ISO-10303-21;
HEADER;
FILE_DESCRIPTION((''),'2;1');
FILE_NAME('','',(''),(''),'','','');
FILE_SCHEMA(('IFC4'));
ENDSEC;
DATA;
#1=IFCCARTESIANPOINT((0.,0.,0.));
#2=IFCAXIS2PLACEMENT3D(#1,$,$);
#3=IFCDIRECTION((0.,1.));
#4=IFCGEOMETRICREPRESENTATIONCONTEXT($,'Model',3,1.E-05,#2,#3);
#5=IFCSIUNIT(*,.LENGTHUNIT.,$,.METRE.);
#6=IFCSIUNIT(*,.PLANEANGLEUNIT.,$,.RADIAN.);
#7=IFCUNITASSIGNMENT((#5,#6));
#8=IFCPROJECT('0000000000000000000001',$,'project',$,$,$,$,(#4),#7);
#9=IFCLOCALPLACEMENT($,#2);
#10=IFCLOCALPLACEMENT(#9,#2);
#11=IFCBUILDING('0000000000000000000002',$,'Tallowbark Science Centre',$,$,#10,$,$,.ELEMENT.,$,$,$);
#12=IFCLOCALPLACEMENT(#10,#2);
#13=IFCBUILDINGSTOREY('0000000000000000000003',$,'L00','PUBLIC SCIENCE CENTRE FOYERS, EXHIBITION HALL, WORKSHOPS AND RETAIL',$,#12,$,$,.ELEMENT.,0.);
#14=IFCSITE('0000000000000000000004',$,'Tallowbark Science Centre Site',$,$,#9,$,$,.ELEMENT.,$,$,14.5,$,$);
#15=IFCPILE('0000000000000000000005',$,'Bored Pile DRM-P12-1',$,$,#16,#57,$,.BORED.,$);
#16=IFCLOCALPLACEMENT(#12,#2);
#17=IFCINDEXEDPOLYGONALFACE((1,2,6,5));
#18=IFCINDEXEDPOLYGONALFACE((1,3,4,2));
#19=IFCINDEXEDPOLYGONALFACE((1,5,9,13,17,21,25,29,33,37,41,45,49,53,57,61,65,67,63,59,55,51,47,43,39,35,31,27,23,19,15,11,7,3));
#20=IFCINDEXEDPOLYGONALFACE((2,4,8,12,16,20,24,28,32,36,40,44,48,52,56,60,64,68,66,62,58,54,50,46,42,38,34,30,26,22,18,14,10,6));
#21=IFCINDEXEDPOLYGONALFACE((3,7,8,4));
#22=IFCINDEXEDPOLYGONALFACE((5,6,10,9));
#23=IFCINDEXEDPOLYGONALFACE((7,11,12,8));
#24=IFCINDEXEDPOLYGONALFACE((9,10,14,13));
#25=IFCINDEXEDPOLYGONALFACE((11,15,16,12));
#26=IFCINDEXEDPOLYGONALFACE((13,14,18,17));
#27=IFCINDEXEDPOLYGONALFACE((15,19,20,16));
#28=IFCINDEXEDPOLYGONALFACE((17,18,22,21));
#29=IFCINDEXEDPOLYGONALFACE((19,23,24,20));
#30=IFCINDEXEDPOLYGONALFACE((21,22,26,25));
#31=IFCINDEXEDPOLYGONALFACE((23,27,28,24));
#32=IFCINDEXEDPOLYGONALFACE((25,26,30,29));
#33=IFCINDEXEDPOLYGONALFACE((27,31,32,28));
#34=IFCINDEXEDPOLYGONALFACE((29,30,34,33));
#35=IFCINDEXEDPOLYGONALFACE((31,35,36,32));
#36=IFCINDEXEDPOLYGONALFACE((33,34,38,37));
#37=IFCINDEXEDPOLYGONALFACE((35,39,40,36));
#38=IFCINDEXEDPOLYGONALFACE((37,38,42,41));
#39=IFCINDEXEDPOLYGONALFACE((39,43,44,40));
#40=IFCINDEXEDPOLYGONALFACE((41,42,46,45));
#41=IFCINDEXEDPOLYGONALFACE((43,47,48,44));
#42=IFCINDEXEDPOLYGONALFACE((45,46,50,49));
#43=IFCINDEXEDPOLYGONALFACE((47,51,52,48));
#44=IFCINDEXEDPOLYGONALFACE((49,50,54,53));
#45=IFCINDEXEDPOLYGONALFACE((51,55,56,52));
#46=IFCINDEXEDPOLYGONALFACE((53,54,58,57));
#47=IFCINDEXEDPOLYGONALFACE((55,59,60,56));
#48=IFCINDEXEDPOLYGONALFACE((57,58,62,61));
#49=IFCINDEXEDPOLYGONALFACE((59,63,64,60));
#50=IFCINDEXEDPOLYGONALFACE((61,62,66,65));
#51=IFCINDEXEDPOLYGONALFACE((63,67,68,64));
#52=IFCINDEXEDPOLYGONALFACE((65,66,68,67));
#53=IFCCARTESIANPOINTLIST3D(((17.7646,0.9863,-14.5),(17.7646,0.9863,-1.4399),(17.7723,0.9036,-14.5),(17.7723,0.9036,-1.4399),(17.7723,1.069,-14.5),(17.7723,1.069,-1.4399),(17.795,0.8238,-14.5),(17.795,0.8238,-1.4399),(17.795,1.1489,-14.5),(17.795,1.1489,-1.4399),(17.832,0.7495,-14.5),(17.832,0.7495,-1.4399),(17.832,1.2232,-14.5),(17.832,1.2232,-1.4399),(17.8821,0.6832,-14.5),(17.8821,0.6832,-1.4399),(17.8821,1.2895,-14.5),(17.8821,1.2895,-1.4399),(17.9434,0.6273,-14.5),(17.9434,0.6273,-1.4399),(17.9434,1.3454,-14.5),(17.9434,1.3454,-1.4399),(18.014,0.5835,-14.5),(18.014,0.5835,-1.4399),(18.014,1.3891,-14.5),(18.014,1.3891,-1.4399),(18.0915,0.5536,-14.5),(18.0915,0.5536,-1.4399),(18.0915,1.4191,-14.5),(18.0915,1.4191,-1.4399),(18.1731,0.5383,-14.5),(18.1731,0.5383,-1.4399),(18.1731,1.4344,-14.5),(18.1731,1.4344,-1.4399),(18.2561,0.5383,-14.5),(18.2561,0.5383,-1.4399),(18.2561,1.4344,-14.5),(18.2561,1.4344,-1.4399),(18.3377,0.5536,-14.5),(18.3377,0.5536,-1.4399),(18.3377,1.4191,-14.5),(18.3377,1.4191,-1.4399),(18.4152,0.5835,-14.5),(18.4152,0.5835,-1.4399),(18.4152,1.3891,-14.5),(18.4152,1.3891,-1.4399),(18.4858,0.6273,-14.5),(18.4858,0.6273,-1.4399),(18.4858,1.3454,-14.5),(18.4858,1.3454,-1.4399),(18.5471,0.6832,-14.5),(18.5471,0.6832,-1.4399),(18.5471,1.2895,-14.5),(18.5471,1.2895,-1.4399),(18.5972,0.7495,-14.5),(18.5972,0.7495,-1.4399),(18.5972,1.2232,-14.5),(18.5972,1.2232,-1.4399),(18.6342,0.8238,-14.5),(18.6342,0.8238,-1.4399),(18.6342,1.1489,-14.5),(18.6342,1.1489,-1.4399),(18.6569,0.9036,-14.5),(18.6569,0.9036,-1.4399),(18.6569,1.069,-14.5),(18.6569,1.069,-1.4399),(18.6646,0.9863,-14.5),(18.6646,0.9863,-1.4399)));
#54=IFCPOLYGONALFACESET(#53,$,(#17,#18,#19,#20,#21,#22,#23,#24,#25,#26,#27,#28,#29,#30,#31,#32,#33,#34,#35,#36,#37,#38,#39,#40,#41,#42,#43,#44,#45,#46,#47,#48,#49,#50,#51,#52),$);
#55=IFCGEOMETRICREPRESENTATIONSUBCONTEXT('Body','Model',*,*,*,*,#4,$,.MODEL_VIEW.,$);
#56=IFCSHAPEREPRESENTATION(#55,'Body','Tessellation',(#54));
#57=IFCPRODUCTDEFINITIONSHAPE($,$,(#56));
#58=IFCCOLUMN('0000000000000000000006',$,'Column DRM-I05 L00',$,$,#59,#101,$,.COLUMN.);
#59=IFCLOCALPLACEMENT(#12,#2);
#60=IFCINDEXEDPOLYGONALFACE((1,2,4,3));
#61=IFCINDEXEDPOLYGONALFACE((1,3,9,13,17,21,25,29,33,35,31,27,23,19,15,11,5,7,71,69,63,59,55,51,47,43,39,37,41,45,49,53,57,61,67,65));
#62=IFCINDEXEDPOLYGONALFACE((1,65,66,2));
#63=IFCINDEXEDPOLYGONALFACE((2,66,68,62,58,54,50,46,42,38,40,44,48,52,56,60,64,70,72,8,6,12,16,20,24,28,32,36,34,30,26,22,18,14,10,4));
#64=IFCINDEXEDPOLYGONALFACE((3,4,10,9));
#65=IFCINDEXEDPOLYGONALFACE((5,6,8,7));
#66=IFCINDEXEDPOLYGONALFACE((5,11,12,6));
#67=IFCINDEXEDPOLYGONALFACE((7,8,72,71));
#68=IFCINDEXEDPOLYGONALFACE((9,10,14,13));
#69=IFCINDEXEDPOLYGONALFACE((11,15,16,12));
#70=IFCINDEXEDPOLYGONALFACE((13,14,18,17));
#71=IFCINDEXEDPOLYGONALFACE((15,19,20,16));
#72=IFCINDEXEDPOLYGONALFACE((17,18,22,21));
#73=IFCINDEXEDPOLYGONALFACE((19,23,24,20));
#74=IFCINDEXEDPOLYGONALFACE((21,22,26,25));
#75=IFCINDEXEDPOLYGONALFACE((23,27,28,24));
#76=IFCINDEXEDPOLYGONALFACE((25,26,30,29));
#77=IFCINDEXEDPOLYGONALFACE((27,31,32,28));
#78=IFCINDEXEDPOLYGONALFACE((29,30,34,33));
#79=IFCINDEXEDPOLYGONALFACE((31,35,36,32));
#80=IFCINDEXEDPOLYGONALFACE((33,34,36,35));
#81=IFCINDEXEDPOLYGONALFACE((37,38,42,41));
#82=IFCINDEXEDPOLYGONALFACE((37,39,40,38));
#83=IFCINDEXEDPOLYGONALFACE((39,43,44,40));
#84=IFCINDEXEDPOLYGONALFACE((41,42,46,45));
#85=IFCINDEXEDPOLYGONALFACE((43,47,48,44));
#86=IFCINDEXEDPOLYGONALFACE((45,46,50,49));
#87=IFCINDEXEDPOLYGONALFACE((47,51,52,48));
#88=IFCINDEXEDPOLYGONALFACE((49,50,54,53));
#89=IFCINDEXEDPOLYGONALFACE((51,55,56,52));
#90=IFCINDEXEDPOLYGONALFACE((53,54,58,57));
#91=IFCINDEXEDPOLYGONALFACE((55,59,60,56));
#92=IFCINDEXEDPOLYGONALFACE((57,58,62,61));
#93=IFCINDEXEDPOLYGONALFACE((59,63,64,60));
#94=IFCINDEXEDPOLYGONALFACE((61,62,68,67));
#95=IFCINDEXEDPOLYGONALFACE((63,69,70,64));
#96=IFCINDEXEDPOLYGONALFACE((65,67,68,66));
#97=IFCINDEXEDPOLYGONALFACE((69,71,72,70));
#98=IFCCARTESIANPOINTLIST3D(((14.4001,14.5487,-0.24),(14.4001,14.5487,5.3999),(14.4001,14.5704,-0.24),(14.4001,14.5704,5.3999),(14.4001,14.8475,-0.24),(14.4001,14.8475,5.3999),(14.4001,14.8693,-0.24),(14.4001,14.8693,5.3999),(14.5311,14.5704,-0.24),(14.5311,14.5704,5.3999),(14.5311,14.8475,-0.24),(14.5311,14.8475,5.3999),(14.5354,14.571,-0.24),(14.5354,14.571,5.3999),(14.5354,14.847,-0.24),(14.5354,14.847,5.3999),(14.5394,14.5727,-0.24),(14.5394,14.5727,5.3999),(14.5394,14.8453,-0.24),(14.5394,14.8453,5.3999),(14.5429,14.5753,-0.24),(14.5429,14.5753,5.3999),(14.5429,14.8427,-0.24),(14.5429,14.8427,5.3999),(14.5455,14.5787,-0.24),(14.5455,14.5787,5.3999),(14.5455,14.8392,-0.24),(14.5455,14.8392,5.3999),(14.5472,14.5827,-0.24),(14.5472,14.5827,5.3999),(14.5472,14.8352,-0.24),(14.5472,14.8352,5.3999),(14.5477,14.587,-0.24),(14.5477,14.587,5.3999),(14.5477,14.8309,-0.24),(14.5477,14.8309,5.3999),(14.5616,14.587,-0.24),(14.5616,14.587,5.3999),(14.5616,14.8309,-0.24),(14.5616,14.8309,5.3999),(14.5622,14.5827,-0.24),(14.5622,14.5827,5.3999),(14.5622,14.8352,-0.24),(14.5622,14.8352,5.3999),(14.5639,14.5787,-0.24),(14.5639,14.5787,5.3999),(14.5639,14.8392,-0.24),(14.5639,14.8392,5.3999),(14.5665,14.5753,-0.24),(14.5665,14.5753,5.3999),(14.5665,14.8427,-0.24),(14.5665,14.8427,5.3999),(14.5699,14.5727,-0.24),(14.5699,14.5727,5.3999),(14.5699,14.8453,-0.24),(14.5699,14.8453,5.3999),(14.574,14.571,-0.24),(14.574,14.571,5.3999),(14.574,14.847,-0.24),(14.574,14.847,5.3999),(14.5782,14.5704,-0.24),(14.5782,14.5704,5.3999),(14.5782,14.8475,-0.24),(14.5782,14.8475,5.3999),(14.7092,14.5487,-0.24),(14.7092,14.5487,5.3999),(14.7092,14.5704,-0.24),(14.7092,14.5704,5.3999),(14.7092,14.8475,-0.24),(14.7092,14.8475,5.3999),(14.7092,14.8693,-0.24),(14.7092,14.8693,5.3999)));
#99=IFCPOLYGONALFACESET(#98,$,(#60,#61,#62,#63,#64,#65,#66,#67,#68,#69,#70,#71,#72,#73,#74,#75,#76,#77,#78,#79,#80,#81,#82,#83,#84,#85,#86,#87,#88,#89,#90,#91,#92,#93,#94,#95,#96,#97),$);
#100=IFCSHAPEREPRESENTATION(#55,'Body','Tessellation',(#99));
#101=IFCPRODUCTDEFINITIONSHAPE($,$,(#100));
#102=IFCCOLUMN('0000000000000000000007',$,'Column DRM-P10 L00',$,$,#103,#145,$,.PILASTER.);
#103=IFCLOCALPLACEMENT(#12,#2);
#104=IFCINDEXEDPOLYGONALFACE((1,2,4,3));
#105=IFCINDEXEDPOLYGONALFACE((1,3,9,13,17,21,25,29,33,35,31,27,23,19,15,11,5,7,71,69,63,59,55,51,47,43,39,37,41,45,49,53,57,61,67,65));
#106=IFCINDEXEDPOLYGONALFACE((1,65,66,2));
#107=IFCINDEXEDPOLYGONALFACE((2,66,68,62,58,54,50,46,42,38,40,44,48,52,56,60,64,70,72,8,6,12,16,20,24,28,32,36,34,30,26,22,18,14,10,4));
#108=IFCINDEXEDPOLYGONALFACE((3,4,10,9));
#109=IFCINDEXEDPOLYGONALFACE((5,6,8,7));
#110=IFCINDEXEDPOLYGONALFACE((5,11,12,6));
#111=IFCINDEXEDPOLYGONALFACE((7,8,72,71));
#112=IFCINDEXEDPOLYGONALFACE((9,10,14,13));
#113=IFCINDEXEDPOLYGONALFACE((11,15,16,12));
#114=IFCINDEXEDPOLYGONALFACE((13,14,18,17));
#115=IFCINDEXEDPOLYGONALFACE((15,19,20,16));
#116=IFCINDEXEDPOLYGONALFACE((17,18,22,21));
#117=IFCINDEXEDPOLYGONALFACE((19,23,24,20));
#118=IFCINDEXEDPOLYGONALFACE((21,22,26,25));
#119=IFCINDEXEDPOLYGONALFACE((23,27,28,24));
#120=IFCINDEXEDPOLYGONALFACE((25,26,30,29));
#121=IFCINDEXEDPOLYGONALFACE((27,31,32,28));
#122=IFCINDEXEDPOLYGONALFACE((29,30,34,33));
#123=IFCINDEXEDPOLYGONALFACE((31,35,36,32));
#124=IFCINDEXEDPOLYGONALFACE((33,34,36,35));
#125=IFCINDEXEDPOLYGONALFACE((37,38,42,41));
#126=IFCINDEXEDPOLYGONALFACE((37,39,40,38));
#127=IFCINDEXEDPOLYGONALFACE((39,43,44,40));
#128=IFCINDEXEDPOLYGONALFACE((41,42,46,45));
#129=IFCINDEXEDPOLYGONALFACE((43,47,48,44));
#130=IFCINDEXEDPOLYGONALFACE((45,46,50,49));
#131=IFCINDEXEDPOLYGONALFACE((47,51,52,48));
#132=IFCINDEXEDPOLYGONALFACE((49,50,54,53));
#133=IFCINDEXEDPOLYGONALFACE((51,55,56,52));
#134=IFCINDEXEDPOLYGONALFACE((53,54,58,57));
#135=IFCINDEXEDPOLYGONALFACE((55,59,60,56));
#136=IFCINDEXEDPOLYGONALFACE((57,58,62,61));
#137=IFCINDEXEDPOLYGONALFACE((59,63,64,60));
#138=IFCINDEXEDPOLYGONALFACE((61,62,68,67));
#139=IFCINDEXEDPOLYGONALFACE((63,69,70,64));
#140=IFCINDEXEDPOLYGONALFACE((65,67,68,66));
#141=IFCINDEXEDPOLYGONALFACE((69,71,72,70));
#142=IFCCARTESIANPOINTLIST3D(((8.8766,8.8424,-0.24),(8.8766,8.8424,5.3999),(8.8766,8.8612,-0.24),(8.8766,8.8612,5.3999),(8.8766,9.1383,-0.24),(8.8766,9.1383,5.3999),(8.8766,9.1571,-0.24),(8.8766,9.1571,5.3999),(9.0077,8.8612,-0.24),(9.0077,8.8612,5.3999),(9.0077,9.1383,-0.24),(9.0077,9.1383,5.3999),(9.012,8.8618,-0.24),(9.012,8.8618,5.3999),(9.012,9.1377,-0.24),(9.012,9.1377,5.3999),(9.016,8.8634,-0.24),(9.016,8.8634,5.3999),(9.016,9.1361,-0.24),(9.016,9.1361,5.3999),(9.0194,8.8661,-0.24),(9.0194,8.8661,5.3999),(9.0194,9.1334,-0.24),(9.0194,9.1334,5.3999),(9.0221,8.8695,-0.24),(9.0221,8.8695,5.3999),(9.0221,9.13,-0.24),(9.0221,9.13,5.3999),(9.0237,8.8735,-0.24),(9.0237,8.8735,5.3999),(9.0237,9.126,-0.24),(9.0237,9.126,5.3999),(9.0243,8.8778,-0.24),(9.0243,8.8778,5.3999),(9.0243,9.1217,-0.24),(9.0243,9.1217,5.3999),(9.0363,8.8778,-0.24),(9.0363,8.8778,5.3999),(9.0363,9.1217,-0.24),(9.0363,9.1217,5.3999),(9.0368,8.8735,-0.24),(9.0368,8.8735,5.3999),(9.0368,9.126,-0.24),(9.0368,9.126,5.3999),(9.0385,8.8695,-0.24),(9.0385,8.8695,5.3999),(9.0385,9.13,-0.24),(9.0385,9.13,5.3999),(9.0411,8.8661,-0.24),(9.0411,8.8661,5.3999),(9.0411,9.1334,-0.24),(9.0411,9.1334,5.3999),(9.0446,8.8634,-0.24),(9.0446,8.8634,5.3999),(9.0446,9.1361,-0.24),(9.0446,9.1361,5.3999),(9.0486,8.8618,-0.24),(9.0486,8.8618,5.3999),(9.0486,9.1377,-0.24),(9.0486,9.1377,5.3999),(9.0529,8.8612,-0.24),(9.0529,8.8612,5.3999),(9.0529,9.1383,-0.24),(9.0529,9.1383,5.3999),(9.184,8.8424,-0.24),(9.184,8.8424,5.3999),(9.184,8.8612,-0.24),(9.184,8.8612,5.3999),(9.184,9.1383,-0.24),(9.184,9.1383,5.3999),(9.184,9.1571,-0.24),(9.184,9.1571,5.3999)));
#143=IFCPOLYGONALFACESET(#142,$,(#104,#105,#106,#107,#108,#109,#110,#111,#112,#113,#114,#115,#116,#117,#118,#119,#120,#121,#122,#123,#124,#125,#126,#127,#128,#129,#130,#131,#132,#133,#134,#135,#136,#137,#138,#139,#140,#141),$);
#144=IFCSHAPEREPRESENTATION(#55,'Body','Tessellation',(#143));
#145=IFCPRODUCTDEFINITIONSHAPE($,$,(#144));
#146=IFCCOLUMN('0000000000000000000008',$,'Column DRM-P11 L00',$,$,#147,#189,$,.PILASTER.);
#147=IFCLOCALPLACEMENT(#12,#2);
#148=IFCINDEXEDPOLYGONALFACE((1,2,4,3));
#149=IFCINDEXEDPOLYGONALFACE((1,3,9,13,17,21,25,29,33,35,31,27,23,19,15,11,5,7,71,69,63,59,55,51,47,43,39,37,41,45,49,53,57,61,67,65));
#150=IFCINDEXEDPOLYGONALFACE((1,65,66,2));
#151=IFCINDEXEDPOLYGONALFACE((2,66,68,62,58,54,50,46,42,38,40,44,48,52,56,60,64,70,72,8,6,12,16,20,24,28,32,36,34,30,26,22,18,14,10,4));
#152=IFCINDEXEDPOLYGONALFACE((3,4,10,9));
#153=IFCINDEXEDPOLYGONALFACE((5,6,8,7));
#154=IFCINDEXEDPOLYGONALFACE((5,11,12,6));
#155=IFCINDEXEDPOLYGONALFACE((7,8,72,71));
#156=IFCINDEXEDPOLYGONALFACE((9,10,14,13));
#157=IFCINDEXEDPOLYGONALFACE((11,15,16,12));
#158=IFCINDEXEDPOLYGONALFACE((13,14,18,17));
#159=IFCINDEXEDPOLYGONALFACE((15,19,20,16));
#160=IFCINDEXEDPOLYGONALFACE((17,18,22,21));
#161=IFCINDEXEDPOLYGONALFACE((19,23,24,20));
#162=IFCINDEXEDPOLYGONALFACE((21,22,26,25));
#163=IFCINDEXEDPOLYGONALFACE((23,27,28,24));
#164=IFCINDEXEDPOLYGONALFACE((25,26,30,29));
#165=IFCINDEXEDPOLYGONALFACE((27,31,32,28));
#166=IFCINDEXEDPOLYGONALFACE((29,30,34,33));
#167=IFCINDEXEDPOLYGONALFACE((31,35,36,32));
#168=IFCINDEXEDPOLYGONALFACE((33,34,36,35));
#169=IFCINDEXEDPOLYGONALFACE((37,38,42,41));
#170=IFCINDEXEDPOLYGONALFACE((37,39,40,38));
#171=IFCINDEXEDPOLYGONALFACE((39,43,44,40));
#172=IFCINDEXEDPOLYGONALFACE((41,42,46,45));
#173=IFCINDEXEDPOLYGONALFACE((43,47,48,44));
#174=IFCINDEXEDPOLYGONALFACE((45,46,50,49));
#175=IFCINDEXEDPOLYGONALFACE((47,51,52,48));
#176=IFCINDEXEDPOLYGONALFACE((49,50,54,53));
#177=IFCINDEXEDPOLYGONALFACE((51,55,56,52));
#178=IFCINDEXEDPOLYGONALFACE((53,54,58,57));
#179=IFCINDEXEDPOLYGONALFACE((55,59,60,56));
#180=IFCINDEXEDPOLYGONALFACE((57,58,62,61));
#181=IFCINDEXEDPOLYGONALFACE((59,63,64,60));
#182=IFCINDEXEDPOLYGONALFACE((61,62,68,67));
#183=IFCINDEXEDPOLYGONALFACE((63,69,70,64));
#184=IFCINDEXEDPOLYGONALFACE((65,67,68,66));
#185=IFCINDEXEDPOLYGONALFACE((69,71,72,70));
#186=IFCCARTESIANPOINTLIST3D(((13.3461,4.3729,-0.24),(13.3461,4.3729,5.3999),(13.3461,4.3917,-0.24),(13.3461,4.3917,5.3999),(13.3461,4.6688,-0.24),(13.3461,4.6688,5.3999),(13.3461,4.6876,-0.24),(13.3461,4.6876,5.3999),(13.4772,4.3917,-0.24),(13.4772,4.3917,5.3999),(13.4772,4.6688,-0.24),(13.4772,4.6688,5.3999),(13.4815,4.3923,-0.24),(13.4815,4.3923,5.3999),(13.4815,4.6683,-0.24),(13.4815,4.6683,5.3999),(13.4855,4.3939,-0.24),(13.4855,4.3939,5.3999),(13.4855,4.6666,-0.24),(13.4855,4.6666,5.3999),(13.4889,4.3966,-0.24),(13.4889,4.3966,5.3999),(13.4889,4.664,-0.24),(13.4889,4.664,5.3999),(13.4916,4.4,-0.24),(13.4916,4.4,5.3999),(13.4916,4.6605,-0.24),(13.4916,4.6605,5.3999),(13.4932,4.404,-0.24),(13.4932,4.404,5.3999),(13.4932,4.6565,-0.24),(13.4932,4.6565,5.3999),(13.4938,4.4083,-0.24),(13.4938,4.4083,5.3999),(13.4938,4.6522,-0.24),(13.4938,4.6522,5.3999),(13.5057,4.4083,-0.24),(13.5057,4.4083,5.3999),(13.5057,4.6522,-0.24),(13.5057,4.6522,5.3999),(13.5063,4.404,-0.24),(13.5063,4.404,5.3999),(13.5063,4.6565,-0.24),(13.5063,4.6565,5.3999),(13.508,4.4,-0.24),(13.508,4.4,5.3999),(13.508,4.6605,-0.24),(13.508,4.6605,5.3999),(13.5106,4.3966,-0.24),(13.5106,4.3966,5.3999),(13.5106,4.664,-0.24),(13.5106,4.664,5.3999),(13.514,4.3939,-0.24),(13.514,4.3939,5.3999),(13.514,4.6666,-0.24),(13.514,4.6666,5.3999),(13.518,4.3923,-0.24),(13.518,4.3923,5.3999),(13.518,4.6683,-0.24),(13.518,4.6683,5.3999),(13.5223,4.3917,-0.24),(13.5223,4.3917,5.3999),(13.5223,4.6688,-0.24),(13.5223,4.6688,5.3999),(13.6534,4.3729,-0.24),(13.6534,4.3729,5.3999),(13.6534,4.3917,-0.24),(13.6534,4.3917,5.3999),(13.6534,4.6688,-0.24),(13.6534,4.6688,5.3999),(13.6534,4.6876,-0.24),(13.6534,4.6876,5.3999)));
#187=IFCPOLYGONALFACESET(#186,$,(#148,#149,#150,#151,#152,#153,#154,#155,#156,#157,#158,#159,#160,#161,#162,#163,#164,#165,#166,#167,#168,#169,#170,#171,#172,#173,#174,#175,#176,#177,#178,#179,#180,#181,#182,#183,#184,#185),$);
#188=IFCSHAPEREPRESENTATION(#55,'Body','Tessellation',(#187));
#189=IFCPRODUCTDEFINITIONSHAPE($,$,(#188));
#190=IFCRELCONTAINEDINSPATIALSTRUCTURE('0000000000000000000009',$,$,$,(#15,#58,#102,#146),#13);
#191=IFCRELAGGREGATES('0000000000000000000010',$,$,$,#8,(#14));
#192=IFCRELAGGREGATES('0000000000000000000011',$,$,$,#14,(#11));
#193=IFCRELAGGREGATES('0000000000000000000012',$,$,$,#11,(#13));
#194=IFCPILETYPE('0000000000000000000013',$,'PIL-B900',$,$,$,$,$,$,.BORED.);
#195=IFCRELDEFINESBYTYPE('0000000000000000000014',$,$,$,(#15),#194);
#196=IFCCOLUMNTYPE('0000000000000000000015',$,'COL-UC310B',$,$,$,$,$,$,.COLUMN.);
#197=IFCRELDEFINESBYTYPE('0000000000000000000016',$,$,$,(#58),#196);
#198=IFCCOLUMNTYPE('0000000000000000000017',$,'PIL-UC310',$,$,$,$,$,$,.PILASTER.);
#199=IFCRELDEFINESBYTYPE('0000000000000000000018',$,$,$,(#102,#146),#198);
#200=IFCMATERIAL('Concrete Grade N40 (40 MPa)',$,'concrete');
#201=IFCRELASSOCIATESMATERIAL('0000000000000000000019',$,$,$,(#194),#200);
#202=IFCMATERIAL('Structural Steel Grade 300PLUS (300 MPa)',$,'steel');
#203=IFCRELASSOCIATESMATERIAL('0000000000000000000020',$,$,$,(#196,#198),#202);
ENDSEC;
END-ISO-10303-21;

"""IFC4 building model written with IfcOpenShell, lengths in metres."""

from ifc_helpers import new_model, si_unit, direction, frame, origin, origin_2d, place, context, subcontext, project, spatial, circle, i_section, extrude, material, material_profile, profile_set, type_object, element, save


model = new_model("IFC4")

# Units and contexts
model_context = context("Model", 3, precision=1e-05, world=origin(), true_north=direction((0.0, 1.0)))
body_context = subcontext(model_context, "Body", "Model", "MODEL_VIEW")
ifc_project = project(units=[si_unit("LENGTHUNIT", "METRE"), si_unit("PLANEANGLEUNIT", "RADIAN")], contexts=[model_context])

# Site, building, storey
site_placement = place(None, origin())
site = spatial("IfcSite", under=ifc_project, at=site_placement, Name="Tallowbark Science Centre Site", CompositionType="ELEMENT", RefElevation=14.5)
building_placement = place(site_placement, origin())
building = spatial("IfcBuilding", under=site, at=building_placement, Name="Tallowbark Science Centre", CompositionType="ELEMENT")
storey_placement = place(building_placement, origin())
storey = spatial("IfcBuildingStorey", under=building, at=storey_placement, Name="L00", Description="PUBLIC SCIENCE CENTRE FOYERS, EXHIBITION HALL, WORKSHOPS AND RETAIL", CompositionType="ELEMENT", Elevation=0.0)

# Shared definitions
ifc_material_1 = material(Name="Concrete Grade N40 (40 MPa)", Category="concrete")

# Pile
ifc_material_profile_1 = material_profile(ifc_material_1, circle(Radius=0.45, at=origin_2d()), Name="PILE900")
ifc_profile_set_1 = profile_set([ifc_material_profile_1], Name="Concrete Grade N40 (40 MPa)")
pile_type_1 = type_object("IfcPileType", Name="PIL-B900", PredefinedType="BORED", material=ifc_profile_set_1)
pile_1_placement = place(storey_placement, frame((18.2146, 0.9863, -1.4399), z_axis=(0.0, 0.0, -1.0), x_axis=(1.0, 0.0, 0.0)))
element("IfcPile", 1, at=pile_1_placement, inside=storey, type_object=pile_type_1, Name="Bored Pile DRM-P12-1", PredefinedType="BORED", context=body_context, shape_type="SweptSolid", body=[
    extrude(circle(Radius=0.45, at=origin_2d()), origin(), (0.0, 0.0, 1.0), 13.0601),
])

# Columns
ifc_material_2 = material(Name="Structural Steel Grade 300PLUS (300 MPa)", Category="steel")
ifc_material_profile_2 = material_profile(ifc_material_2, i_section(OverallWidth=0.3091, OverallDepth=0.3206, WebThickness=0.0139, FlangeThickness=0.0217, FilletRadius=0.0166, at=origin_2d()), Name="310UC137")
ifc_profile_set_2 = profile_set([ifc_material_profile_2], Name="Structural Steel Grade 300PLUS (300 MPa)")
column_type_1 = type_object("IfcColumnType", Name="COL-UC310B", PredefinedType="COLUMN", material=ifc_profile_set_2)
column_placement = place(storey_placement, frame((14.5547, 14.709, -0.24), z_axis=(0.0, 0.0, 1.0), x_axis=(1.0, 0.0, 0.0)))
element("IfcColumn", 2, at=column_placement, inside=storey, type_object=column_type_1, Name="Column DRM-I05 L00", PredefinedType="COLUMN", context=body_context, shape_type="SweptSolid", body=[
    extrude(i_section(OverallWidth=0.3091, OverallDepth=0.3206, WebThickness=0.0139, FlangeThickness=0.0217, FilletRadius=0.0166, at=origin_2d()), origin(), (0.0, 0.0, 1.0), 5.6399),
])
ifc_material_profile_3 = material_profile(ifc_material_2, i_section(OverallWidth=0.3074, OverallDepth=0.3147, WebThickness=0.012, FlangeThickness=0.0188, FilletRadius=0.0166, at=origin_2d()), Name="310UC118")
ifc_profile_set_3 = profile_set([ifc_material_profile_3], Name="Structural Steel Grade 300PLUS (300 MPa)")
column_type_2 = type_object("IfcColumnType", Name="PIL-UC310", PredefinedType="PILASTER", material=ifc_profile_set_3)
for number, where, z_axis, x_axis, name in (
    (3, (9.0303, 8.9998, -0.24), (0.0, 0.0, 1.0), (1.0, 0.0, 0.0), "Column DRM-P10 L00"),
    (4, (13.4998, 4.5303, -0.24), (0.0, 0.0, 1.0), (1.0, 0.0, 0.0), "Column DRM-P11 L00"),
):
    element("IfcColumn", number, at=place(storey_placement, frame(where, z_axis=z_axis, x_axis=x_axis)), inside=storey, type_object=column_type_2, Name=name, PredefinedType="PILASTER", context=body_context, shape_type="SweptSolid", body=[
        extrude(i_section(OverallWidth=0.3074, OverallDepth=0.3147, WebThickness=0.012, FlangeThickness=0.0188, FilletRadius=0.0166, at=origin_2d()), origin(), (0.0, 0.0, 1.0), 5.6399),
    ])

save(model, "model.ifc")
